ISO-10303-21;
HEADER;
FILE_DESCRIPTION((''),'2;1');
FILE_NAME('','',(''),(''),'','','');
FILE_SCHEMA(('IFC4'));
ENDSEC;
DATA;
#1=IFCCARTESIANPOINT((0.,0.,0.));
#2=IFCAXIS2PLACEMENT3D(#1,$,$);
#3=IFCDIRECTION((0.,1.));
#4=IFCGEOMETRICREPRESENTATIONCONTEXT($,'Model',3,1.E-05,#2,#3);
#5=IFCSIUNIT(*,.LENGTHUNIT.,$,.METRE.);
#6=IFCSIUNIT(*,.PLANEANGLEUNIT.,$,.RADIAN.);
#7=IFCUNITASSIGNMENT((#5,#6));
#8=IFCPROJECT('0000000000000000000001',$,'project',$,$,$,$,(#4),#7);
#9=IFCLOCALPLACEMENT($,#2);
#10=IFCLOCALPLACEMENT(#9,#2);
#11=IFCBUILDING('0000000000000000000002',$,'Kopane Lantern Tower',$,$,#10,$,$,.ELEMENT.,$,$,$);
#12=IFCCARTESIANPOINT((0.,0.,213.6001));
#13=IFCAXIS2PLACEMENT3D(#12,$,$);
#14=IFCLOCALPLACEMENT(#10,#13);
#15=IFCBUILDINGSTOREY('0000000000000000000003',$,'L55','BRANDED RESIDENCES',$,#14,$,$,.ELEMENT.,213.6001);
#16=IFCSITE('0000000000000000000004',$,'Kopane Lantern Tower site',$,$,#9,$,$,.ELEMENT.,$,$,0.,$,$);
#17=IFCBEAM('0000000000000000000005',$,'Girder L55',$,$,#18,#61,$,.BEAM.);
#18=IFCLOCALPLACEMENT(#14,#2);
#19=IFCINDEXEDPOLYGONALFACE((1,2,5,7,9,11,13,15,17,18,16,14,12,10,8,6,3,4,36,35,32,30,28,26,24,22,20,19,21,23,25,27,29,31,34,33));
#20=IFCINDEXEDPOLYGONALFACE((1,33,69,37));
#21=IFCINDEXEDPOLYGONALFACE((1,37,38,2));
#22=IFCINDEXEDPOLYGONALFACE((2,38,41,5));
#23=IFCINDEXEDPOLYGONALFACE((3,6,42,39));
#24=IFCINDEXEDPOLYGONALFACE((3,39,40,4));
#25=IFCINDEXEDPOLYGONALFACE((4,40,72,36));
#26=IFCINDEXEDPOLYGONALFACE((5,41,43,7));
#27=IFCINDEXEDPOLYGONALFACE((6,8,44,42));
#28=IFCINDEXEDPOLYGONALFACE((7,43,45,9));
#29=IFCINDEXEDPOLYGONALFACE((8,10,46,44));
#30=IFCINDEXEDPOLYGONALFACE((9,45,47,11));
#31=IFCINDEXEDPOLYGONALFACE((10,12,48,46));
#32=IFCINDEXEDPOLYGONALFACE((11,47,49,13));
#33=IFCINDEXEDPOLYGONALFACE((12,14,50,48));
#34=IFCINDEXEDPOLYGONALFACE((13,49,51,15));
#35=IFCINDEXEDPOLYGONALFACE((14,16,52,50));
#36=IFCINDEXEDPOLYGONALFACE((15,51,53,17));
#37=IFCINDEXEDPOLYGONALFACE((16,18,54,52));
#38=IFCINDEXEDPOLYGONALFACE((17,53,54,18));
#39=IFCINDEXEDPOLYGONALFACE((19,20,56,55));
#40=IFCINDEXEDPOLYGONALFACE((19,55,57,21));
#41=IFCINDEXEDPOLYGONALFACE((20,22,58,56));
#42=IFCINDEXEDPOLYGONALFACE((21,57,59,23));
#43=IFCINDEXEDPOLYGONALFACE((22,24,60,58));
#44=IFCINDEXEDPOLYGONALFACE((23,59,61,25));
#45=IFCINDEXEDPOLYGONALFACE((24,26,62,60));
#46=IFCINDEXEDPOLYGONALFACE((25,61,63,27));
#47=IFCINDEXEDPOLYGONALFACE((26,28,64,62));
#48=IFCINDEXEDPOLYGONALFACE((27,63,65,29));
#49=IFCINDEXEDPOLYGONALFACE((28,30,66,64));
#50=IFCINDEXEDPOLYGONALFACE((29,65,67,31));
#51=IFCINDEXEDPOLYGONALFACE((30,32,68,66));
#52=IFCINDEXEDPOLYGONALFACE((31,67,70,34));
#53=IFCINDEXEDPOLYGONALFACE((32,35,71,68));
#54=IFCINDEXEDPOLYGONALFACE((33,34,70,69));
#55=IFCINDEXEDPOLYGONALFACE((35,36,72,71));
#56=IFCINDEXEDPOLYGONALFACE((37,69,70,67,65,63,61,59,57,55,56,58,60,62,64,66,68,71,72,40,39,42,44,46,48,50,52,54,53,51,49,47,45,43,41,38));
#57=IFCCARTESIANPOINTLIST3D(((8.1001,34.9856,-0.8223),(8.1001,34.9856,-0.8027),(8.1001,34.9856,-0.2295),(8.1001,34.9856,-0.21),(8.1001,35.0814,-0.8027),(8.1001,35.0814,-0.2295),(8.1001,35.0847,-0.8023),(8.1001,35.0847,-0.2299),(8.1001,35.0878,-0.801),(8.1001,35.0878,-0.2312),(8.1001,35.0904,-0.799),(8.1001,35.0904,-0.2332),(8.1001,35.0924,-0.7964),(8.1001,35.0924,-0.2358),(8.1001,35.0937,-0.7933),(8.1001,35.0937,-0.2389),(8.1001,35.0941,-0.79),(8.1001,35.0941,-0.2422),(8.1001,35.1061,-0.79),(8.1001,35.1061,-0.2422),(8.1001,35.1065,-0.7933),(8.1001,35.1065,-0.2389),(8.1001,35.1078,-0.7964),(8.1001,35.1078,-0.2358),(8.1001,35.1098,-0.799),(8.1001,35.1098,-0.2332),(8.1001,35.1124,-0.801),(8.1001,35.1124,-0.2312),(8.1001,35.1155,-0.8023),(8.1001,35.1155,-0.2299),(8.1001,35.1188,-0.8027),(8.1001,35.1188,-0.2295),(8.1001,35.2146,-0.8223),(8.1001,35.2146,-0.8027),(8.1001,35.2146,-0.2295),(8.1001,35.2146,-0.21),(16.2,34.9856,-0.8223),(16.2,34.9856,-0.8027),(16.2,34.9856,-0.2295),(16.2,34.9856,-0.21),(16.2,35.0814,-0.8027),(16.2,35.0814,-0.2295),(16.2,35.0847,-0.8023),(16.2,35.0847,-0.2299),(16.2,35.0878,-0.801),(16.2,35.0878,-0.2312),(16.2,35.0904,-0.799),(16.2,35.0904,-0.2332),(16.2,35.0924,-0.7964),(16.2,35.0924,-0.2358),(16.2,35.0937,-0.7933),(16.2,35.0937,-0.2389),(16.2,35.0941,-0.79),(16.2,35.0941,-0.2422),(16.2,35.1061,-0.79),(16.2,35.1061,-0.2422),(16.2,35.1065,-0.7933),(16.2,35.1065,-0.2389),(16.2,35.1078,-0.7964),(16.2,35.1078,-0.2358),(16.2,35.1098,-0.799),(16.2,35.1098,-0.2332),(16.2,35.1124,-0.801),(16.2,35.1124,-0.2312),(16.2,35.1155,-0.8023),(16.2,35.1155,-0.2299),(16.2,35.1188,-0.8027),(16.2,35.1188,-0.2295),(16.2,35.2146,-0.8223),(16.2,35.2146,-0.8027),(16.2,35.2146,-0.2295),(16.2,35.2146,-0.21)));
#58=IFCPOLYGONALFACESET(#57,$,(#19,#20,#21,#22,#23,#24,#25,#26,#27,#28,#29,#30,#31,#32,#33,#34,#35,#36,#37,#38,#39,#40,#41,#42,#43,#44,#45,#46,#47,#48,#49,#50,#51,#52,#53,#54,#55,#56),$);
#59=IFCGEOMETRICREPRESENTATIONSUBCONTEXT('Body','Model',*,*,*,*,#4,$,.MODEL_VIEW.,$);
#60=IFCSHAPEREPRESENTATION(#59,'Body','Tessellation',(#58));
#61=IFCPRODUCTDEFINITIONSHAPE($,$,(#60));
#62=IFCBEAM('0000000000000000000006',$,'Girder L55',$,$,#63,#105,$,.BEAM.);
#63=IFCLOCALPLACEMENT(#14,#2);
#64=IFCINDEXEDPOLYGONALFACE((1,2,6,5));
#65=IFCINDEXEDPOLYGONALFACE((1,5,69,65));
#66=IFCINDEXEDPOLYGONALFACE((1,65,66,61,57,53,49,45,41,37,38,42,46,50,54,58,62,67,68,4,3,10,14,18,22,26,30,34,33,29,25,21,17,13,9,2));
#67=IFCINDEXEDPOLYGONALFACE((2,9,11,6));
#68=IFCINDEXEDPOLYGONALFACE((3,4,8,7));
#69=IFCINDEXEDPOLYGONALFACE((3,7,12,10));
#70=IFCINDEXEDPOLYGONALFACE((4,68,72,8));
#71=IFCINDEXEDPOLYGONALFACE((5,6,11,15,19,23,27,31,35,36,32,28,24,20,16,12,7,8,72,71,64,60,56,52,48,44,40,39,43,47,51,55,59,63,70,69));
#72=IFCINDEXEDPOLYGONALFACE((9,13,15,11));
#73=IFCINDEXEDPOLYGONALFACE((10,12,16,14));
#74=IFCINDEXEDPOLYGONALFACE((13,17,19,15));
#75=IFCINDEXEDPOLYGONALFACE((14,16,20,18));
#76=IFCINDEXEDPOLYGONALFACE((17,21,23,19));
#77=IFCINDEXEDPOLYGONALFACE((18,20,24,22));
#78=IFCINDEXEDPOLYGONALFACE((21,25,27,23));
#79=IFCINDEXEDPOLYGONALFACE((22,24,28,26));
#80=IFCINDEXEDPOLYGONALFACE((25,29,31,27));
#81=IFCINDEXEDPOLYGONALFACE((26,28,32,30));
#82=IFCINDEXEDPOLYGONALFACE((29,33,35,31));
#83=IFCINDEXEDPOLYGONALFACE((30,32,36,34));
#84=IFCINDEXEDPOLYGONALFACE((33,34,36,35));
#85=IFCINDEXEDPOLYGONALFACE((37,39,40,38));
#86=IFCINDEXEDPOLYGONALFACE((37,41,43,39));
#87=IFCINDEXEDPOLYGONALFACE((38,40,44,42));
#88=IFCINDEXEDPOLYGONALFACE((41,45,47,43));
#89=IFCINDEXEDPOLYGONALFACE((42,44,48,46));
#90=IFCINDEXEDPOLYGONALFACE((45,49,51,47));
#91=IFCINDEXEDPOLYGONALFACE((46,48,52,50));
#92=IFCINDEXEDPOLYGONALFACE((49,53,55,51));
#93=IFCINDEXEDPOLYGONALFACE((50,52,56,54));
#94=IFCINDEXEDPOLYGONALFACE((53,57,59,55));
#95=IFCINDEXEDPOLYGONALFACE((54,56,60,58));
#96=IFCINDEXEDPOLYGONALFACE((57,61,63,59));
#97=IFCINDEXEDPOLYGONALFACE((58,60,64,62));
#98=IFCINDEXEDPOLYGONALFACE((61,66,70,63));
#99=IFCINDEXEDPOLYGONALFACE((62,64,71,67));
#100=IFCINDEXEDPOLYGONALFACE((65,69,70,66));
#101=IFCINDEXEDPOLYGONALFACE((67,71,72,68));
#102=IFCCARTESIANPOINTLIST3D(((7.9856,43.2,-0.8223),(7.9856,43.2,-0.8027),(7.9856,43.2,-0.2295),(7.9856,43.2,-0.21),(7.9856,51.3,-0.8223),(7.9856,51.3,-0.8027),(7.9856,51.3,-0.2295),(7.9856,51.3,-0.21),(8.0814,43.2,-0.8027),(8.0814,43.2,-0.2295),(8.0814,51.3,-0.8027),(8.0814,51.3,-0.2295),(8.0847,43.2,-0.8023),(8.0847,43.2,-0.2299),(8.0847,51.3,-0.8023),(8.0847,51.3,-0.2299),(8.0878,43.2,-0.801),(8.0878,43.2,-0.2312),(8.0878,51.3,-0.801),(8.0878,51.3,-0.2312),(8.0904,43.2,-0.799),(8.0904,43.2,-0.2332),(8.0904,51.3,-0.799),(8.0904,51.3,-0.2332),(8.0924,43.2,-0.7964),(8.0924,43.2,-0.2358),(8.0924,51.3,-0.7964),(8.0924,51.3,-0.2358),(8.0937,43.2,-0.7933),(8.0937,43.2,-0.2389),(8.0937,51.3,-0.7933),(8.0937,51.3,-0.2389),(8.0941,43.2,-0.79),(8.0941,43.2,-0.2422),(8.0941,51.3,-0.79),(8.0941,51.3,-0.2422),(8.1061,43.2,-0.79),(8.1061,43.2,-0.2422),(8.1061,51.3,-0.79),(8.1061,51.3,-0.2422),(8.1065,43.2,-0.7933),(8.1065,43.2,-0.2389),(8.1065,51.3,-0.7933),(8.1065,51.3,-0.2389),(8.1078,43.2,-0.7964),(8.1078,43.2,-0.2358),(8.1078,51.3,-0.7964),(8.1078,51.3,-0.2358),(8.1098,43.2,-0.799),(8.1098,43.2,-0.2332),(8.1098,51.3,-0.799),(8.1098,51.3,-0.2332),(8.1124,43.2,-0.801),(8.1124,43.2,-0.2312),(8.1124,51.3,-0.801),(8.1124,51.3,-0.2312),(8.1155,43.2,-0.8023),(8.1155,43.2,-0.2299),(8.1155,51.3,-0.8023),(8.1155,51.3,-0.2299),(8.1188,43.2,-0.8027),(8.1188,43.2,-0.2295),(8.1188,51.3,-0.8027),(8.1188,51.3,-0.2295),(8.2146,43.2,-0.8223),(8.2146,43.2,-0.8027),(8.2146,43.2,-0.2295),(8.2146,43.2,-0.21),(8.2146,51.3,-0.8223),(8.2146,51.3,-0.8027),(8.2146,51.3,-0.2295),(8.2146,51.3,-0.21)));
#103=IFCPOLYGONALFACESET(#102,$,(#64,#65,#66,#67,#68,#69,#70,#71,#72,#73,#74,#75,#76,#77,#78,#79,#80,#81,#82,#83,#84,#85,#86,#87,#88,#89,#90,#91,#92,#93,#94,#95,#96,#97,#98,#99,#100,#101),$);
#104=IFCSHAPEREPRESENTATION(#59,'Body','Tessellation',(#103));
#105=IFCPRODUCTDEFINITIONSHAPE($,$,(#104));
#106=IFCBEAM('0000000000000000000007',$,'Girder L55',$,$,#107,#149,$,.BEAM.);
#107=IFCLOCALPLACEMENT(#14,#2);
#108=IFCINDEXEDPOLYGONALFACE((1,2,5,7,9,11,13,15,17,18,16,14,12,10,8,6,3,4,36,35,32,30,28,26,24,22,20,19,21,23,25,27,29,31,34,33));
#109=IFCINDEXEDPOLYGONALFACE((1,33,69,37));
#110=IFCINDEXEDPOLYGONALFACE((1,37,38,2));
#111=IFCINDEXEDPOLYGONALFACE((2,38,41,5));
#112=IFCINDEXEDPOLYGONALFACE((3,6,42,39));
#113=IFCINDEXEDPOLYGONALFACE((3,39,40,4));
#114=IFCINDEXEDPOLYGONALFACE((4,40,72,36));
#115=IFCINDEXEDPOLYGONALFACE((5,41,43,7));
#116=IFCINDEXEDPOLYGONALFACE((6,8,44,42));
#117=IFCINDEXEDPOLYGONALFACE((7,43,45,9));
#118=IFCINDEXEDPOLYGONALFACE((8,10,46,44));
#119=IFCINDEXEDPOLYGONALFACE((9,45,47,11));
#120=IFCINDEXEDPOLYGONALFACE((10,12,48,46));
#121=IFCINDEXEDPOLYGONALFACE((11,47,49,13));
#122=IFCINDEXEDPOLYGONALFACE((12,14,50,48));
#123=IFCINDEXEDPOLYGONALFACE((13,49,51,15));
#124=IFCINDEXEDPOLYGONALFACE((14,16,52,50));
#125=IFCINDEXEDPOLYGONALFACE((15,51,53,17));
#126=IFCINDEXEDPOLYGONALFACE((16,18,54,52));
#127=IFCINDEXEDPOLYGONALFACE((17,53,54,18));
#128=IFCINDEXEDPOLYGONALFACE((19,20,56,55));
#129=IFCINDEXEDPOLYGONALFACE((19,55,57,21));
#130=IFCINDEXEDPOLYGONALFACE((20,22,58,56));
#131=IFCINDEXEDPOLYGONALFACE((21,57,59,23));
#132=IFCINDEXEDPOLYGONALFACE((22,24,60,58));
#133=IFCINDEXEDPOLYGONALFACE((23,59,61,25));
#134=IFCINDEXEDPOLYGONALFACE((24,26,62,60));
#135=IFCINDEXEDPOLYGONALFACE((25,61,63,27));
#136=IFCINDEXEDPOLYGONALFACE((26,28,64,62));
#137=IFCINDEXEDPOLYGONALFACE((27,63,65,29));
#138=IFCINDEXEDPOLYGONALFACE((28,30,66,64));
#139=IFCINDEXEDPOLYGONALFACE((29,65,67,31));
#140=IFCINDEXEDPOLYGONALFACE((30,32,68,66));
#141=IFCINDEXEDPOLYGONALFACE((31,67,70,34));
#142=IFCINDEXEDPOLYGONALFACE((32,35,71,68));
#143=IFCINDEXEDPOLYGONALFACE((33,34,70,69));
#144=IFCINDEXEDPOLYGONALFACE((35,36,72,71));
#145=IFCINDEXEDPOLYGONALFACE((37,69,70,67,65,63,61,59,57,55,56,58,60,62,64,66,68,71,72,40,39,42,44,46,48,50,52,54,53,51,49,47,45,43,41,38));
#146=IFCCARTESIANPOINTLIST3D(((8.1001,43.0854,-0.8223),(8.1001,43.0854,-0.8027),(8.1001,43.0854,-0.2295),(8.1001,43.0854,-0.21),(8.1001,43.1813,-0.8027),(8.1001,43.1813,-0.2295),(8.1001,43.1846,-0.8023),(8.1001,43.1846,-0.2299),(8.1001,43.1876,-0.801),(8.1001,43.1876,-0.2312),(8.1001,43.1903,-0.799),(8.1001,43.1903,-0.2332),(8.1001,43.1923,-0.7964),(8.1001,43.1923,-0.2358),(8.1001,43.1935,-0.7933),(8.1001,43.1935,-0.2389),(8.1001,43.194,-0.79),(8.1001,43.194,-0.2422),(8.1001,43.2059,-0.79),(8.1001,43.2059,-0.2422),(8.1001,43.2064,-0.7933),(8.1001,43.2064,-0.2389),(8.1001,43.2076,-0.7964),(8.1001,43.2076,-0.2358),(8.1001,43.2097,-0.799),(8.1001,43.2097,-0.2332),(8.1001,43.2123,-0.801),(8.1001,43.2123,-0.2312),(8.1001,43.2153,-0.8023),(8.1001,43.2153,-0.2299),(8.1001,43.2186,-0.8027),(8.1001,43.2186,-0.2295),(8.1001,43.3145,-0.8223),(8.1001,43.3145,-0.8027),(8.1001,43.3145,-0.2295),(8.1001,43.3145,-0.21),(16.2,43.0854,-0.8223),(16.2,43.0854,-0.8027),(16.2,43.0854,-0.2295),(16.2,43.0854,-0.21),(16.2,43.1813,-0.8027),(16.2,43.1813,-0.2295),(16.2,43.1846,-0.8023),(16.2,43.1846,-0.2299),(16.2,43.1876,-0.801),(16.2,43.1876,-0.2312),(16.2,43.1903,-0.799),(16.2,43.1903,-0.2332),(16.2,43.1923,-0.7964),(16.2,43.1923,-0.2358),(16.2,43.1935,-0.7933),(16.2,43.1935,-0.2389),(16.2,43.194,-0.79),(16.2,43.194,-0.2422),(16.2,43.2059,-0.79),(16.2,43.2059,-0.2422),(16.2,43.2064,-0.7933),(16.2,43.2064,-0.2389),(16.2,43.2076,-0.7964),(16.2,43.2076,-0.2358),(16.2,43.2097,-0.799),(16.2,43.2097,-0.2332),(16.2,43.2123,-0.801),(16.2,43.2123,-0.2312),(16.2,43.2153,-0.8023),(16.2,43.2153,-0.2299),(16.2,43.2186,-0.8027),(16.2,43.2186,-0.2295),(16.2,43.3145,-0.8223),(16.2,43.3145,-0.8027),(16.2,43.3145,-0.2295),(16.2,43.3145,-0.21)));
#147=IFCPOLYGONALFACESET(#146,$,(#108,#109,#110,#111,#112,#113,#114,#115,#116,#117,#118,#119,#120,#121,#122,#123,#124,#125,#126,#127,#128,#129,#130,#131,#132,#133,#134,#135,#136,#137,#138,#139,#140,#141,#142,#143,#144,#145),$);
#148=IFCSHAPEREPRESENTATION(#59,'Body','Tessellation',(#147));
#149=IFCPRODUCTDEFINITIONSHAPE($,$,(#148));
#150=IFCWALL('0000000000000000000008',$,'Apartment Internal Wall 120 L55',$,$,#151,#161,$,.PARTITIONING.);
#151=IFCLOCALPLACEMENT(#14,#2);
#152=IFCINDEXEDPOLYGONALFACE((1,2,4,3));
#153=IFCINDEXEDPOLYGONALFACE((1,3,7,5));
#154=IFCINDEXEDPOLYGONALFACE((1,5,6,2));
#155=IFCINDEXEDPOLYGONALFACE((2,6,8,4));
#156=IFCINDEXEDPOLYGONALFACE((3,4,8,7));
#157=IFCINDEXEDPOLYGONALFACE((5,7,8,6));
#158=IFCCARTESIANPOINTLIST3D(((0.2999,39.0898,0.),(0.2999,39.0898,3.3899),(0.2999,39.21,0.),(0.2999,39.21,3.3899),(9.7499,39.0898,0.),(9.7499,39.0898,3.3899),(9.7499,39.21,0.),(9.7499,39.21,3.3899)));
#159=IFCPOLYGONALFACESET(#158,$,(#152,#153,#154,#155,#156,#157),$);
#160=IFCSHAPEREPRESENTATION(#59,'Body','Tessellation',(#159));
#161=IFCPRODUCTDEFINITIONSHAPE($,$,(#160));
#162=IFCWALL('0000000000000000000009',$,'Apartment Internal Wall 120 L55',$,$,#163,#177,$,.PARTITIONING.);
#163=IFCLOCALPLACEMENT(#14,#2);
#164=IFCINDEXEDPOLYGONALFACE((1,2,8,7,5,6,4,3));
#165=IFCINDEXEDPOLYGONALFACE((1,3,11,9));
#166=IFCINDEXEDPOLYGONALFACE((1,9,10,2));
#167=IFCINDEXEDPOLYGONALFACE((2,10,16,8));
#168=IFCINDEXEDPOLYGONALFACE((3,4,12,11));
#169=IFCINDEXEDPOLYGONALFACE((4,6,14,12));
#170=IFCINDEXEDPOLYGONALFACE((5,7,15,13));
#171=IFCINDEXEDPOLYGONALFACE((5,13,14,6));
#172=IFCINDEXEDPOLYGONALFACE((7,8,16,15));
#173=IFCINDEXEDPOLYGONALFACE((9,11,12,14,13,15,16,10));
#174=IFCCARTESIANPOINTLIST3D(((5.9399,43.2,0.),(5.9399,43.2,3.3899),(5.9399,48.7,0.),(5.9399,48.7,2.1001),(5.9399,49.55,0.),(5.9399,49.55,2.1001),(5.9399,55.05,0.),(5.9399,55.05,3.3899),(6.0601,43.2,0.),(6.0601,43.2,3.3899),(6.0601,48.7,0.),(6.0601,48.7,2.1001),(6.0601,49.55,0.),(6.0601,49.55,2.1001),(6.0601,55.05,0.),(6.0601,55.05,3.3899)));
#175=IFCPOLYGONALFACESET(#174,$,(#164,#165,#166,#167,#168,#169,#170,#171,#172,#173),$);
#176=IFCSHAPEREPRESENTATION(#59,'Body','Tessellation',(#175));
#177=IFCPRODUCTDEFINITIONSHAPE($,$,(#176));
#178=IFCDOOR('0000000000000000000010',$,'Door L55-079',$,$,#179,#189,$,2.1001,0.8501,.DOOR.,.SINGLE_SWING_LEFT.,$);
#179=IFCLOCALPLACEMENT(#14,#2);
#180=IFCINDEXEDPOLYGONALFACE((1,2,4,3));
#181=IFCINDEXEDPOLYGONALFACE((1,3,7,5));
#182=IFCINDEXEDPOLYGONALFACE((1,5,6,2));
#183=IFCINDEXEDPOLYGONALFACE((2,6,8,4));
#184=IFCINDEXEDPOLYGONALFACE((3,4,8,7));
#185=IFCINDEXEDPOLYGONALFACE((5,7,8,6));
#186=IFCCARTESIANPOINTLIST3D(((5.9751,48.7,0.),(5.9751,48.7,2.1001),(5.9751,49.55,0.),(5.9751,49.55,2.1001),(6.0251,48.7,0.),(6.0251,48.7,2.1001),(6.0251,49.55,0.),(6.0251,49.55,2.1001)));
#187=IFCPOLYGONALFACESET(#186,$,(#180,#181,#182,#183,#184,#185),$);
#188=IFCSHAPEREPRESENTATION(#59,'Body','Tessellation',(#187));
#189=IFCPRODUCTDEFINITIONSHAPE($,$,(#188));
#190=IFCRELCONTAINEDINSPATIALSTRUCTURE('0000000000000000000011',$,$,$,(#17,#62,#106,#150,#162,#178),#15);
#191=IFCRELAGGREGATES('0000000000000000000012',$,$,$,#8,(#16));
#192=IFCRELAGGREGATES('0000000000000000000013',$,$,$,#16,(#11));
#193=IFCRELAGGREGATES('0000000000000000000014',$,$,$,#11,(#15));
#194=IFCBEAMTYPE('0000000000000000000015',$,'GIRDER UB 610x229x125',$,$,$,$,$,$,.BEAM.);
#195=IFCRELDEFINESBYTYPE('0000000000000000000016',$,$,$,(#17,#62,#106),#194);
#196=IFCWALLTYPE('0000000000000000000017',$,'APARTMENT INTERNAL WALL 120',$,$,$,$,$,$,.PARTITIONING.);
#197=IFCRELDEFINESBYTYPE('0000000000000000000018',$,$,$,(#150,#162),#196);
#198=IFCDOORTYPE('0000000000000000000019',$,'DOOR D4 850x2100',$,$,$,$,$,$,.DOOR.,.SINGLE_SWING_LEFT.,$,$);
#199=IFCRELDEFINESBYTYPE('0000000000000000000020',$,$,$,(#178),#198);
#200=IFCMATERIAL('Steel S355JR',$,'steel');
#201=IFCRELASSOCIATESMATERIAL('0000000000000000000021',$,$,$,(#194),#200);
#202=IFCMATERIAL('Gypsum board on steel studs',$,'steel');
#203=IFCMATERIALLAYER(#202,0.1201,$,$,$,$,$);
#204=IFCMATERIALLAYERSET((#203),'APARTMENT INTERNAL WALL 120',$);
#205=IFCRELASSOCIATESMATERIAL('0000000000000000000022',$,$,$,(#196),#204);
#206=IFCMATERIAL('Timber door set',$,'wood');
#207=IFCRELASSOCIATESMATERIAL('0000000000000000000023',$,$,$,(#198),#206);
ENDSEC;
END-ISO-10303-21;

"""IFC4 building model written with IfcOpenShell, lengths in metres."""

from ifc_helpers import new_model, si_unit, direction, frame, frame_2d, origin, origin_2d, place, context, subcontext, project, spatial, rectangle, i_section, extrude, material, layer, layer_set, material_profile, profile_set, type_object, element, fill, save


model = new_model("IFC4")

# Units and contexts
model_context = context("Model", 3, precision=1e-05, world=origin(), true_north=direction((0.0, 1.0)))
body_context = subcontext(model_context, "Body", "Model", "MODEL_VIEW")
ifc_project = project(units=[si_unit("LENGTHUNIT", "METRE"), si_unit("PLANEANGLEUNIT", "RADIAN")], contexts=[model_context])

# Site, building, storey
site_placement = place(None, origin())
site = spatial("IfcSite", under=ifc_project, at=site_placement, Name="Kopane Lantern Tower site", CompositionType="ELEMENT", RefElevation=0.0)
building_placement = place(site_placement, origin())
building = spatial("IfcBuilding", under=site, at=building_placement, Name="Kopane Lantern Tower", CompositionType="ELEMENT")
storey_placement = place(building_placement, frame((0.0, 0.0, 213.6001)))
storey = spatial("IfcBuildingStorey", under=building, at=storey_placement, Name="L55", Description="BRANDED RESIDENCES", CompositionType="ELEMENT", Elevation=213.6001)

# Beams
ifc_material_1 = material(Name="Steel S355JR", Category="steel")
ifc_material_profile_1 = material_profile(ifc_material_1, i_section(OverallWidth=0.229, OverallDepth=0.6123, WebThickness=0.012, FlangeThickness=0.0195, FilletRadius=0.0127, at=origin_2d()), Name="UB 610x229x125")
ifc_profile_set_1 = profile_set([ifc_material_profile_1], Name="Steel S355JR")
beam_type = type_object("IfcBeamType", Name="GIRDER UB 610x229x125", PredefinedType="BEAM", material=ifc_profile_set_1)
for number, where, z_axis, x_axis, name in (
    (1, (8.1001, 35.1001, -0.5161), (1.0, 0.0, 0.0), (0.0, 1.0, 0.0), "Girder L55"),
):
    element("IfcBeam", number, at=place(storey_placement, frame(where, z_axis=z_axis, x_axis=x_axis)), inside=storey, type_object=beam_type, Name=name, PredefinedType="BEAM", context=body_context, shape_type="SweptSolid", body=[
        extrude(i_section(OverallWidth=0.229, OverallDepth=0.6123, WebThickness=0.012, FlangeThickness=0.0195, FilletRadius=0.0127, at=origin_2d()), origin(), (0.0, 0.0, 1.0), 8.0999),
    ])
beam_1_placement = place(storey_placement, frame((8.1001, 43.2, -0.5161), z_axis=(0.0, 1.0, 0.0), x_axis=(-1.0, 0.0, 0.0)))
element("IfcBeam", 2, at=beam_1_placement, inside=storey, type_object=beam_type, Name="Girder L55", PredefinedType="BEAM", context=body_context, shape_type="SweptSolid", body=[
    extrude(i_section(OverallWidth=0.229, OverallDepth=0.6123, WebThickness=0.012, FlangeThickness=0.0195, FilletRadius=0.0127, at=origin_2d()), origin(), (0.0, 0.0, 1.0), 8.1001),
])
beam_2_placement = place(storey_placement, frame((8.1001, 43.2, -0.5161), z_axis=(1.0, 0.0, 0.0), x_axis=(0.0, 1.0, 0.0)))
element("IfcBeam", 3, at=beam_2_placement, inside=storey, type_object=beam_type, Name="Girder L55", PredefinedType="BEAM", context=body_context, shape_type="SweptSolid", body=[
    extrude(i_section(OverallWidth=0.229, OverallDepth=0.6123, WebThickness=0.012, FlangeThickness=0.0195, FilletRadius=0.0127, at=origin_2d()), origin(), (0.0, 0.0, 1.0), 8.0999),
])

# Wall
ifc_material_2 = material(Name="Gypsum board on steel studs", Category="steel")
ifc_layer_1 = layer(ifc_material_2, 0.1201)
ifc_layer_set_1 = layer_set([ifc_layer_1], Name="APARTMENT INTERNAL WALL 120")
wall_type_1 = type_object("IfcWallType", Name="APARTMENT INTERNAL WALL 120", PredefinedType="PARTITIONING", material=ifc_layer_set_1)
wall_1_placement = place(storey_placement, frame((9.75, 39.1499, 0.0), z_axis=(0.0, 0.0, 1.0), x_axis=(-1.0, 0.0, 0.0)))
element("IfcWall", 4, at=wall_1_placement, inside=storey, type_object=wall_type_1, Name="Apartment Internal Wall 120 L55", PredefinedType="PARTITIONING", context=body_context, shape_type="SweptSolid", body=[
    extrude(rectangle(XDim=9.45, YDim=0.1201, at=frame_2d((4.7251, 0.0))), origin(), (0.0, 0.0, 1.0), 3.3899),
])

# Wall, opening, door
wall_2_placement = place(storey_placement, frame((6.0, 43.2, 0.0), z_axis=(0.0, 0.0, 1.0), x_axis=(0.0, 1.0, 0.0)))
wall_2 = element("IfcWall", 5, at=wall_2_placement, inside=storey, type_object=wall_type_1, Name="Apartment Internal Wall 120 L55", PredefinedType="PARTITIONING", context=body_context, shape_type="SweptSolid", body=[
    extrude(rectangle(XDim=11.8501, YDim=0.1201, at=frame_2d((5.925, 0.0))), origin(), (0.0, 0.0, 1.0), 3.3899),
])
opening_1_placement = place(wall_2_placement, frame((5.5, 0.0, 0.0)))
opening_1 = element("IfcOpeningElement", 6, at=opening_1_placement, cuts=wall_2, PredefinedType="OPENING", context=body_context, shape_type="SweptSolid", body=[
    extrude(rectangle(XDim=0.8501, YDim=2.1001, at=frame_2d((0.425, 1.05))), frame((0.0, 0.0701, 0.0), z_axis=(0.0, -1.0, 0.0), x_axis=(1.0, 0.0, 0.0)), (0.0, 0.0, 1.0), 0.1401),
])
ifc_material_3 = material(Name="Timber door set", Category="wood")
door_type_1 = type_object("IfcDoorType", Name="DOOR D4 850x2100", OperationType="SINGLE_SWING_LEFT", PredefinedType="DOOR", material=ifc_material_3)
door_1_placement = place(opening_1_placement, origin())
door_1 = element("IfcDoor", 7, at=door_1_placement, inside=storey, type_object=door_type_1, Name="Door L55-079", OperationType="SINGLE_SWING_LEFT", OverallHeight=2.1001, OverallWidth=0.8501, PredefinedType="DOOR", context=body_context, shape_type="SweptSolid", body=[
    extrude(rectangle(XDim=0.8501, YDim=2.1001, at=frame_2d((0.425, 1.05))), frame((0.0, 0.0249, 0.0), z_axis=(0.0, -1.0, 0.0), x_axis=(1.0, 0.0, 0.0)), (0.0, 0.0, 1.0), 0.05),
])
fill(opening_1, door_1)

save(model, "model.ifc")
